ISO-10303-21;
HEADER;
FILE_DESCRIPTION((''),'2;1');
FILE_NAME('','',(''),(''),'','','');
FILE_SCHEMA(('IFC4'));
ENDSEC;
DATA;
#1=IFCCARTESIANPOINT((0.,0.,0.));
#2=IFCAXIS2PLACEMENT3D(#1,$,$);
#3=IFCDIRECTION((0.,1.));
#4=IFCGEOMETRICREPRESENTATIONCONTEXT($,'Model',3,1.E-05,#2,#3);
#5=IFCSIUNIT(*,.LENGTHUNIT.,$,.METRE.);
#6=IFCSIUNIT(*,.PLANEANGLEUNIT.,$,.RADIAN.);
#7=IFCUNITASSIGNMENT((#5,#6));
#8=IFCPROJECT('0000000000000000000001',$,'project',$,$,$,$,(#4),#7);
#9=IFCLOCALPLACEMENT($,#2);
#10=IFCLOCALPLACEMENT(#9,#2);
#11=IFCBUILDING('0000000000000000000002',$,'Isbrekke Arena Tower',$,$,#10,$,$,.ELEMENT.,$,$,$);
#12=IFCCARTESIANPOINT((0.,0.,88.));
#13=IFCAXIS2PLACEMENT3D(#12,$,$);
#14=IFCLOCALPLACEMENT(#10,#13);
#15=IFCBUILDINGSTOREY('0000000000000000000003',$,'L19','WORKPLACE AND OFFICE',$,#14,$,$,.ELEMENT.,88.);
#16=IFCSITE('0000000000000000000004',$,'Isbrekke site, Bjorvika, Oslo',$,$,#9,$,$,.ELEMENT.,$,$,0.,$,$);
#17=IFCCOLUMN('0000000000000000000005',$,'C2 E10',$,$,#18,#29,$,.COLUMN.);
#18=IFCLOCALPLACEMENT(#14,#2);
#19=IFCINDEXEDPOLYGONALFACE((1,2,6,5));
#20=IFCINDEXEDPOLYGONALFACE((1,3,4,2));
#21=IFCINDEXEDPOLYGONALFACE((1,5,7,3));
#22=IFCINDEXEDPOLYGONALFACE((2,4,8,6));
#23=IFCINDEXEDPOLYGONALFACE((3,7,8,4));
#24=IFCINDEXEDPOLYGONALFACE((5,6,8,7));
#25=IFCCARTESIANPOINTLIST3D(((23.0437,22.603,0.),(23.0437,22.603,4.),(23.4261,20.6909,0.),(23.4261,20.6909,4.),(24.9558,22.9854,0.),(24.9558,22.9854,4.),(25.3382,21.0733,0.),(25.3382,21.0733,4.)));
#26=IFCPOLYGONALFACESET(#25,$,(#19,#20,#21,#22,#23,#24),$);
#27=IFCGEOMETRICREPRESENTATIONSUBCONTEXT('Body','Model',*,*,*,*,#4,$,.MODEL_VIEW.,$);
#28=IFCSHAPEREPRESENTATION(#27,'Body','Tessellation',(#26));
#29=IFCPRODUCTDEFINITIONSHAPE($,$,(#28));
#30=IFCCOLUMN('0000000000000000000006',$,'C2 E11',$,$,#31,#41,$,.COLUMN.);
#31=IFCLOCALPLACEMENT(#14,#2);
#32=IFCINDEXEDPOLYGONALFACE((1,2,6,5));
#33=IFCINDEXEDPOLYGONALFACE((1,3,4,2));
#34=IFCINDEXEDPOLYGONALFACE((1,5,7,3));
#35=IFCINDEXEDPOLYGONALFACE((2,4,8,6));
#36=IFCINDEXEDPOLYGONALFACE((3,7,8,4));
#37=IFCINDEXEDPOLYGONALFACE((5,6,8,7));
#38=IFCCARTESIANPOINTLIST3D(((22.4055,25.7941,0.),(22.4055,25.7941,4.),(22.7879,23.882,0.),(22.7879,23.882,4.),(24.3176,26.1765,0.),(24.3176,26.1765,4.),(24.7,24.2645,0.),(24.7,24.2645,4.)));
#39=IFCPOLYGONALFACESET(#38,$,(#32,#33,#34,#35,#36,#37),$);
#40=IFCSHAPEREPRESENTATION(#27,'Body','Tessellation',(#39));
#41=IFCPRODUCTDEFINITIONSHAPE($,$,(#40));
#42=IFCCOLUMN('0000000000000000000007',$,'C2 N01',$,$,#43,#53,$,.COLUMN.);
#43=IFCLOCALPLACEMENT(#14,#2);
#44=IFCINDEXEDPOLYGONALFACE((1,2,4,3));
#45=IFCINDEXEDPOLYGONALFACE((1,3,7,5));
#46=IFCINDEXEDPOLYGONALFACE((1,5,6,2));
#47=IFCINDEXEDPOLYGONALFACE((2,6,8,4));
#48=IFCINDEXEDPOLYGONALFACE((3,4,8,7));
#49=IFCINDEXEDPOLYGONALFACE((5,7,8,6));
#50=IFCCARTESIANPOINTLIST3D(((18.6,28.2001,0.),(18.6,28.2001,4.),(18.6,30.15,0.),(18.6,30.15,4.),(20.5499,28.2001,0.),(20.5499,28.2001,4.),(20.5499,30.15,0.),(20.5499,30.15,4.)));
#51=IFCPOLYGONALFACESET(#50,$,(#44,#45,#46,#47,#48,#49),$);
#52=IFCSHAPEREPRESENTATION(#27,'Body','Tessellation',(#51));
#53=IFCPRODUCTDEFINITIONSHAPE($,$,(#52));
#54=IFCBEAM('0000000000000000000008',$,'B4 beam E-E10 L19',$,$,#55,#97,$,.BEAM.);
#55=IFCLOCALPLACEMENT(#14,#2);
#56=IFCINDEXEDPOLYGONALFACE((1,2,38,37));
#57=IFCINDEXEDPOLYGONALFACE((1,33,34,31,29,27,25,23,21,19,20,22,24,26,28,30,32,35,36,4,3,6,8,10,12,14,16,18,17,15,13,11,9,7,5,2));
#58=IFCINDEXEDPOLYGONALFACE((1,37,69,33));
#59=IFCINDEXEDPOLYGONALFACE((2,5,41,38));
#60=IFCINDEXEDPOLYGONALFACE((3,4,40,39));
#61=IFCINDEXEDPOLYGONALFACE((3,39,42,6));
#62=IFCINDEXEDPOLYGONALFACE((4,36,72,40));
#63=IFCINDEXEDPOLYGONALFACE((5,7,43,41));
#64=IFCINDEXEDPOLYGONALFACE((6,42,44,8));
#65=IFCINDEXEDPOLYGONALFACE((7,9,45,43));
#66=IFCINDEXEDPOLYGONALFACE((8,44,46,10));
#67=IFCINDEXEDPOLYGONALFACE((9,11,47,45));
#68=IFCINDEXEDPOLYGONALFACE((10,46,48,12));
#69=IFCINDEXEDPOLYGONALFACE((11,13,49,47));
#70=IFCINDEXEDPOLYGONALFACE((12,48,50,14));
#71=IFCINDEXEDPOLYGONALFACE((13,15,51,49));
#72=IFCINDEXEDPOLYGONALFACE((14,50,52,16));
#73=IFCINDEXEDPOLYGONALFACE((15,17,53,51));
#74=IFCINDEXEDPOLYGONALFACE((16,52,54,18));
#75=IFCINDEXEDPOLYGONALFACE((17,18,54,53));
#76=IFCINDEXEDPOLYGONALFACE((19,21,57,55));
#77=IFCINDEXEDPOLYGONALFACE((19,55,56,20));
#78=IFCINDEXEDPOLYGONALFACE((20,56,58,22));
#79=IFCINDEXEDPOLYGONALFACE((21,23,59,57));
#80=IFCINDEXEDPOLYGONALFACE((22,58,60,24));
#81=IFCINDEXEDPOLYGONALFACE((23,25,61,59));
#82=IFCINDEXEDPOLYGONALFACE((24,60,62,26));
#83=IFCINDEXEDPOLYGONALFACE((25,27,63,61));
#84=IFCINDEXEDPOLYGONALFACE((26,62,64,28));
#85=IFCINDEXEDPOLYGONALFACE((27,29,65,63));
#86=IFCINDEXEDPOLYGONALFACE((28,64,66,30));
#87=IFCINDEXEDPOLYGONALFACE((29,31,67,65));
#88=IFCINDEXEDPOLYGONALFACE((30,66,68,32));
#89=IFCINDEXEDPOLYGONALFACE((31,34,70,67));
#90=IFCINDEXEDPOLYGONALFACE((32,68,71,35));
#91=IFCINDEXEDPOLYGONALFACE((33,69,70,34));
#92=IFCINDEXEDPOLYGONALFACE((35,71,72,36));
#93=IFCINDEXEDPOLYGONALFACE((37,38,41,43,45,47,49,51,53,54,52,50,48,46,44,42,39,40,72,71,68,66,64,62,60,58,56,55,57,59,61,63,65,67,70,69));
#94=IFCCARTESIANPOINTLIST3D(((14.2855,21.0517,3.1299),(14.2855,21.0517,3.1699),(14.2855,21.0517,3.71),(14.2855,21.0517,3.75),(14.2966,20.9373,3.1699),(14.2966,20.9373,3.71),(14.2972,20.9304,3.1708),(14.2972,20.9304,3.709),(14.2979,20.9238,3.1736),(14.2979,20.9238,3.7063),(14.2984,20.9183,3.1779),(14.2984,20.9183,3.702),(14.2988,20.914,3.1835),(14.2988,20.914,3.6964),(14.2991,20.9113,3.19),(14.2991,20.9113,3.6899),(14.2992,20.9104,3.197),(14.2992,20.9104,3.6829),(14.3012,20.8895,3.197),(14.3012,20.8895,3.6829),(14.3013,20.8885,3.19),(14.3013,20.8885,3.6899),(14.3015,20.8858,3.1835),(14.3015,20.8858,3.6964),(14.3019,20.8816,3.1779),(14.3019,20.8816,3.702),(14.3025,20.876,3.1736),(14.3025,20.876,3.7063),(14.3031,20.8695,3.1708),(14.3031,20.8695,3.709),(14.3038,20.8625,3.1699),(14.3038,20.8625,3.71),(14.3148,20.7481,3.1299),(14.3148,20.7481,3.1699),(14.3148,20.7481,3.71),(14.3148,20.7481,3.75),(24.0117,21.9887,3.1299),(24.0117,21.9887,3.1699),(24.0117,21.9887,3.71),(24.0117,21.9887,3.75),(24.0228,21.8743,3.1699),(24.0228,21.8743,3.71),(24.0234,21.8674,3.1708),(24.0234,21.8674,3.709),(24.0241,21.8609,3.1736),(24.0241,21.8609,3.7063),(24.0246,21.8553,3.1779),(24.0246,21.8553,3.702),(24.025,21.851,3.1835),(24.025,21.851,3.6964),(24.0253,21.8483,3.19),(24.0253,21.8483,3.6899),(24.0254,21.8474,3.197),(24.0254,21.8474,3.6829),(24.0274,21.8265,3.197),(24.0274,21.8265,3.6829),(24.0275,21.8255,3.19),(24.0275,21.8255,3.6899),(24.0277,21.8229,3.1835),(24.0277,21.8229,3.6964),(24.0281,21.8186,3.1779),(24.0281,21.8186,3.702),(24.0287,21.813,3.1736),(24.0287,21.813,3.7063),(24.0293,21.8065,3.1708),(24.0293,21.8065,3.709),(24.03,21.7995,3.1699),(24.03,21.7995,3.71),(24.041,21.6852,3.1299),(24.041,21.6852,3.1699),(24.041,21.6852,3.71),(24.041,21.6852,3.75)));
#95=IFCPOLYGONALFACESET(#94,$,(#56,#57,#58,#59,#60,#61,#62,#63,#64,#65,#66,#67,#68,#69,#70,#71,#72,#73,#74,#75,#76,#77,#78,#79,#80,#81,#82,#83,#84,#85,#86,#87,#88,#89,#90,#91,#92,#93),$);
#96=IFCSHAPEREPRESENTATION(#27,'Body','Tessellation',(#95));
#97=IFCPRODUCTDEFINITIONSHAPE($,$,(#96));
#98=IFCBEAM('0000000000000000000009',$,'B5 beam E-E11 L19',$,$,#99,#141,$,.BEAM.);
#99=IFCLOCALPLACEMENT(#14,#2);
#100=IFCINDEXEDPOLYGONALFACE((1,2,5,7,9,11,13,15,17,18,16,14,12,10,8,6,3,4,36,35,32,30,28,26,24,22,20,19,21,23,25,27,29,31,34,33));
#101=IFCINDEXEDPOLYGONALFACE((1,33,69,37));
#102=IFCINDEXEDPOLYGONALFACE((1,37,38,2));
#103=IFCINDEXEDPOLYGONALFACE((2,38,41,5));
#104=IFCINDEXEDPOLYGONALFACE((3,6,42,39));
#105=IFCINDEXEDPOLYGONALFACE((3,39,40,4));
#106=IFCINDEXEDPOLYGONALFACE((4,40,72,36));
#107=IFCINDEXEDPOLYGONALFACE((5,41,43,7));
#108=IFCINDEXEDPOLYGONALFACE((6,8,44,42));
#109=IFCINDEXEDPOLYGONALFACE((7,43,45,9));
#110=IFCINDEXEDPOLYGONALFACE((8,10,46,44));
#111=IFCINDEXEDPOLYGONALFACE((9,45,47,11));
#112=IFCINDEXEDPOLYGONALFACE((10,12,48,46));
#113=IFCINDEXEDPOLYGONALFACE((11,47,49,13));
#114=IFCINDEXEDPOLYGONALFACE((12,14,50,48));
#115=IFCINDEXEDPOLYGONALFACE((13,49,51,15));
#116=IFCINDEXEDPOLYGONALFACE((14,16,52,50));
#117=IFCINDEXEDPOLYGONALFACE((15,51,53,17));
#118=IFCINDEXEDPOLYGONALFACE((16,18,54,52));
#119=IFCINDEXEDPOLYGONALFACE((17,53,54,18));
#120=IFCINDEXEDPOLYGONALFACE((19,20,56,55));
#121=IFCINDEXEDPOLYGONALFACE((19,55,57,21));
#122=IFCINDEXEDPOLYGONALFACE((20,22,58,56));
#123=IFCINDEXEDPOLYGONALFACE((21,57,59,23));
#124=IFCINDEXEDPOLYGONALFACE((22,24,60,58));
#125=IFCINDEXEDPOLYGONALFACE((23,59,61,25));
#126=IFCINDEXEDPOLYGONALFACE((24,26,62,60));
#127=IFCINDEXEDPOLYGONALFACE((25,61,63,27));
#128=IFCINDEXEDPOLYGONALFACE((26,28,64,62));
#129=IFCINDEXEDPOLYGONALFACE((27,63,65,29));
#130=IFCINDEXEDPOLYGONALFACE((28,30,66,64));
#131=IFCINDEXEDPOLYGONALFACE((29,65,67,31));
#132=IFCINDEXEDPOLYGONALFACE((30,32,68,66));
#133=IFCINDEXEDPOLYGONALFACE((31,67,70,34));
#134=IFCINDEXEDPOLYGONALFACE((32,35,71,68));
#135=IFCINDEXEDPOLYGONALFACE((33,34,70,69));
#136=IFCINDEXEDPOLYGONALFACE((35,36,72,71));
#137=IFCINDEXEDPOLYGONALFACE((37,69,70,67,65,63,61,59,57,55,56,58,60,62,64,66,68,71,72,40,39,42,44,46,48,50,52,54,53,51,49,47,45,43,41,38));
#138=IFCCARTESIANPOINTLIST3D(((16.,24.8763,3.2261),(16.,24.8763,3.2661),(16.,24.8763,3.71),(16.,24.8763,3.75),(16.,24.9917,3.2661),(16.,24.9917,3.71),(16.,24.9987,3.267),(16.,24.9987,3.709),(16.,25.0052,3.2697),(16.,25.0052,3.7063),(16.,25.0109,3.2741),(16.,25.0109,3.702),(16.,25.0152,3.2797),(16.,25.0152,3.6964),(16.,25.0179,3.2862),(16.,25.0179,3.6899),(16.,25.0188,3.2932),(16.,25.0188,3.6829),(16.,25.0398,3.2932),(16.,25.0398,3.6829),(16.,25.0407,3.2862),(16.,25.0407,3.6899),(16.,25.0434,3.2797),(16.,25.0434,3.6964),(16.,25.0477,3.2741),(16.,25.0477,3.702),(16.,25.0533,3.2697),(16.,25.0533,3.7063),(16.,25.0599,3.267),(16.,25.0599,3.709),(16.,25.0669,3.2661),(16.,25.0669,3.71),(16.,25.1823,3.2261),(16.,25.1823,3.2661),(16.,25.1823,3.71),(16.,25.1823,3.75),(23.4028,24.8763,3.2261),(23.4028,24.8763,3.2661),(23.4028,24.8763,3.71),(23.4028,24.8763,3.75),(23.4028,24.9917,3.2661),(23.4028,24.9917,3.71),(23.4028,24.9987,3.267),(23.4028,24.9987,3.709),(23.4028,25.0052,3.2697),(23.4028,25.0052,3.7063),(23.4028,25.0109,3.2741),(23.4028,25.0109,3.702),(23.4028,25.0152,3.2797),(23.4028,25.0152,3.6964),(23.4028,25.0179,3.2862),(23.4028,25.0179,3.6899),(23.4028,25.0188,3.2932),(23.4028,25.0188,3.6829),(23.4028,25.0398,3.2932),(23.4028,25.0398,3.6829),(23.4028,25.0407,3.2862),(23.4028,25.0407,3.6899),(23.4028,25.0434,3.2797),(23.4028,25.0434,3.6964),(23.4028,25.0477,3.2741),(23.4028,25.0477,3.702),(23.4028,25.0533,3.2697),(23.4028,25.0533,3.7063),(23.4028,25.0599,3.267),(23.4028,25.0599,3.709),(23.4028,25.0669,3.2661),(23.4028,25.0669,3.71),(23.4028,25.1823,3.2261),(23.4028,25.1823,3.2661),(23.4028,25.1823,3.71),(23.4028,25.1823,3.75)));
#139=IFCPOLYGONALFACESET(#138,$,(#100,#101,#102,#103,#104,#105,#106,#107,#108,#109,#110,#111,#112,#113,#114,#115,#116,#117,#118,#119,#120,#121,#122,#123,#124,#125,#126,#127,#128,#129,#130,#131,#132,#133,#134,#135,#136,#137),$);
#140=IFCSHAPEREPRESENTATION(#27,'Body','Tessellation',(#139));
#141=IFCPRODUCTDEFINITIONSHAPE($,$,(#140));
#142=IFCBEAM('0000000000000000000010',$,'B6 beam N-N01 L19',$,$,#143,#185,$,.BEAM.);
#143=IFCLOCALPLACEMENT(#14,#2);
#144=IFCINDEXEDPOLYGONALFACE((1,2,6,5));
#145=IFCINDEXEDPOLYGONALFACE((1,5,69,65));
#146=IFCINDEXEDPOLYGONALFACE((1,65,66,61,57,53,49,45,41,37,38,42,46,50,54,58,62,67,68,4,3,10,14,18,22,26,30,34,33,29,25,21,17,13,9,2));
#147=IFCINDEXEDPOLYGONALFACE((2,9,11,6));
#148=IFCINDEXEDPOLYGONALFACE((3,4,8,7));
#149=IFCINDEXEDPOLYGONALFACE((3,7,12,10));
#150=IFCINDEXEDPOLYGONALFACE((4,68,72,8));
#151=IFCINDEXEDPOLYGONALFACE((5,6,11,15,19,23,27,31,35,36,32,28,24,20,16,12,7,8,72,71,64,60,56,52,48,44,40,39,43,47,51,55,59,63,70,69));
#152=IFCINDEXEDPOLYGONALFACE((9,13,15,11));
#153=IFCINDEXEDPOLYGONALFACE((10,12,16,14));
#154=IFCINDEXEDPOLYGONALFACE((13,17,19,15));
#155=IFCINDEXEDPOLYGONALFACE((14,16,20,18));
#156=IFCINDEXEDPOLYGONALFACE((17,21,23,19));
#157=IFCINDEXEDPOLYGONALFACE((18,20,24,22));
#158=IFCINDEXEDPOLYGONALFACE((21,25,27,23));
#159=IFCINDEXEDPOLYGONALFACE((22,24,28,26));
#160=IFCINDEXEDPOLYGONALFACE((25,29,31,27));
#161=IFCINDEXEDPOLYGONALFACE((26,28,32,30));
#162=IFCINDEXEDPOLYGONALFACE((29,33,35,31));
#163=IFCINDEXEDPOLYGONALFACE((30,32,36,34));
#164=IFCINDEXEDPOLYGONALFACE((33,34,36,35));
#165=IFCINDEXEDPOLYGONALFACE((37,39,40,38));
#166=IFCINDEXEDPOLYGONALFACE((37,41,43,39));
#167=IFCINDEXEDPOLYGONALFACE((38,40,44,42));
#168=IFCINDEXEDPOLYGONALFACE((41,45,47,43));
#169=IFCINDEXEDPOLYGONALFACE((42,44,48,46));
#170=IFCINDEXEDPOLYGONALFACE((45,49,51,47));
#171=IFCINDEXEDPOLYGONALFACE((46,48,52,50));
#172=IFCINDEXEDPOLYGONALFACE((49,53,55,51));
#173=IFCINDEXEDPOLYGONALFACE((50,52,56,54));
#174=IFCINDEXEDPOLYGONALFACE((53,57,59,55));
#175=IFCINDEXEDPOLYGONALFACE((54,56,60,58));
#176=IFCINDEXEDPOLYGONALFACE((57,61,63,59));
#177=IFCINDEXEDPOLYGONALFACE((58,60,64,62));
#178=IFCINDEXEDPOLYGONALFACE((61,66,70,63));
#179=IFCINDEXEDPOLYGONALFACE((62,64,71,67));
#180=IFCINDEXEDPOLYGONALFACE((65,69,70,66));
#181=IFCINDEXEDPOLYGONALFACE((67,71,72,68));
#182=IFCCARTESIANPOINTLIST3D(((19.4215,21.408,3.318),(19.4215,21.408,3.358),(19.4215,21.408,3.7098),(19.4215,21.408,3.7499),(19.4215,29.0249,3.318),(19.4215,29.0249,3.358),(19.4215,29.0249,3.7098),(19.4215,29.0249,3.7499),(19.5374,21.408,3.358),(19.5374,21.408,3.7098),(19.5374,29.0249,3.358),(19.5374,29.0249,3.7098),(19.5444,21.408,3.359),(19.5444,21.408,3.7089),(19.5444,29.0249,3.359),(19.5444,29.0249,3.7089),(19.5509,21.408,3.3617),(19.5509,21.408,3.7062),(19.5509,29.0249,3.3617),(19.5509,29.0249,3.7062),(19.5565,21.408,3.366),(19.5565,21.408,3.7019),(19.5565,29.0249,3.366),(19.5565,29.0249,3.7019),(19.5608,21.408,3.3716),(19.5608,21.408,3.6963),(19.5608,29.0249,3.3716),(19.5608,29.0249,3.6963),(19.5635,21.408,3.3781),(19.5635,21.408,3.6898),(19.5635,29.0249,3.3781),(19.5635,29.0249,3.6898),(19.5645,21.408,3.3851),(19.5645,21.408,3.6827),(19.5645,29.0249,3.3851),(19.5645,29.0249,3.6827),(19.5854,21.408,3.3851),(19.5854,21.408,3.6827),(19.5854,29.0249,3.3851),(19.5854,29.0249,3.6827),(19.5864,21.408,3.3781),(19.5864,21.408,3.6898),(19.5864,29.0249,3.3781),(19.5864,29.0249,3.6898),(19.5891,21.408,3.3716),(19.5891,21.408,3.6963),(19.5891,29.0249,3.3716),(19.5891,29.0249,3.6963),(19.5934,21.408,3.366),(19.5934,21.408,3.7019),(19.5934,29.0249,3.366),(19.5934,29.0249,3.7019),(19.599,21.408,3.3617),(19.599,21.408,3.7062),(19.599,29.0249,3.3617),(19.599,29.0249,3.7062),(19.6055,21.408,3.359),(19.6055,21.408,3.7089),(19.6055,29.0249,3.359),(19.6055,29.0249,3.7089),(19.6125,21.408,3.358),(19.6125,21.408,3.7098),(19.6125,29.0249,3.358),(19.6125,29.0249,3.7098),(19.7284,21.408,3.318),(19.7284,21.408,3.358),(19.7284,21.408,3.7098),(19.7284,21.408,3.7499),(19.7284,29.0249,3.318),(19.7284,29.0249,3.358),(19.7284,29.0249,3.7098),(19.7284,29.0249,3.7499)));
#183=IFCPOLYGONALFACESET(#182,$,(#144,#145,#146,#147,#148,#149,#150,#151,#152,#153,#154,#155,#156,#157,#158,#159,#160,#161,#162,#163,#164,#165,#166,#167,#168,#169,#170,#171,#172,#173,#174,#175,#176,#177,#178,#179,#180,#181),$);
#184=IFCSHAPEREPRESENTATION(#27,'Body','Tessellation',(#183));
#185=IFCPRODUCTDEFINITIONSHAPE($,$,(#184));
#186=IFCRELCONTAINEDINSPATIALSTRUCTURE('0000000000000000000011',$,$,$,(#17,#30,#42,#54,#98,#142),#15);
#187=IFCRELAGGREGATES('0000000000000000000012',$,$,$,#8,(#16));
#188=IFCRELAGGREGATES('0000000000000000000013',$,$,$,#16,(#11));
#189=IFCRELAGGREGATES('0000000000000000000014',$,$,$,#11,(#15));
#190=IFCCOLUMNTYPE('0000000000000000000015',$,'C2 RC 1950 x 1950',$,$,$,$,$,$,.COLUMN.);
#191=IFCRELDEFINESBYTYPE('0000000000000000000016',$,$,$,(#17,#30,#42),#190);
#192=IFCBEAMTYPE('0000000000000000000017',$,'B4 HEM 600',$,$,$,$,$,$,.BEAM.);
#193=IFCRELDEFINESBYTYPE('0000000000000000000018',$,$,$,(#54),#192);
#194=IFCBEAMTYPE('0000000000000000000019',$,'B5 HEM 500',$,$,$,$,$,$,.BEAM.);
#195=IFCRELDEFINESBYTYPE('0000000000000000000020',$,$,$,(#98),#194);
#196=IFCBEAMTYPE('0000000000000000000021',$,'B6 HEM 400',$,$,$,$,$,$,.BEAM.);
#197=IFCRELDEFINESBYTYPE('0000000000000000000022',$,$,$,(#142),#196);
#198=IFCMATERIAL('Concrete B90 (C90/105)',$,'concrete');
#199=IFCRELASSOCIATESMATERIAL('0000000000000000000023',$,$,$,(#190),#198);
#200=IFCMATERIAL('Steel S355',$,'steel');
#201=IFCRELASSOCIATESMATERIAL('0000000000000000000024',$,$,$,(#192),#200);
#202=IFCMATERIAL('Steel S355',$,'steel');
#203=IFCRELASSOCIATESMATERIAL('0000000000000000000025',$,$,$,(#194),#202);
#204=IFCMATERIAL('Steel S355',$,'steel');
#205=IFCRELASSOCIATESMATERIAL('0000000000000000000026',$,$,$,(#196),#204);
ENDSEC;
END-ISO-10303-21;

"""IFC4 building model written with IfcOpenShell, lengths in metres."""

from ifc_helpers import new_model, si_unit, direction, frame, origin, origin_2d, place, context, subcontext, project, spatial, rectangle, i_section, extrude, material, material_profile, profile_set, type_object, element, save


model = new_model("IFC4")

# Units and contexts
model_context = context("Model", 3, precision=1e-05, world=origin(), true_north=direction((0.0, 1.0)))
body_context = subcontext(model_context, "Body", "Model", "MODEL_VIEW")
ifc_project = project(units=[si_unit("LENGTHUNIT", "METRE"), si_unit("PLANEANGLEUNIT", "RADIAN")], contexts=[model_context])

# Site, building, storey
site_placement = place(None, origin())
site = spatial("IfcSite", under=ifc_project, at=site_placement, Name="Isbrekke site, Bjorvika, Oslo", CompositionType="ELEMENT", RefElevation=0.0)
building_placement = place(site_placement, origin())
building = spatial("IfcBuilding", under=site, at=building_placement, Name="Isbrekke Arena Tower", CompositionType="ELEMENT")
storey_placement = place(building_placement, frame((0.0, 0.0, 88.0)))
storey = spatial("IfcBuildingStorey", under=building, at=storey_placement, Name="L19", Description="WORKPLACE AND OFFICE", CompositionType="ELEMENT", Elevation=88.0)

# Columns
ifc_material_1 = material(Name="Concrete B90 (C90/105)", Category="concrete")
ifc_material_profile_1 = material_profile(ifc_material_1, rectangle(XDim=1.95, YDim=1.95, at=origin_2d()), Name="RC 1950x1950")
ifc_profile_set_1 = profile_set([ifc_material_profile_1], Name="Concrete B90 (C90/105)")
column_type = type_object("IfcColumnType", Name="C2 RC 1950 x 1950", PredefinedType="COLUMN", material=ifc_profile_set_1)
for number, where, z_axis, x_axis, name in (
    (1, (24.1909, 21.8381, 0.0), (0.0, 0.0, 1.0), (-0.196116, 0.980581, 0.0), "C2 E10"),
    (2, (23.5527, 25.0293, 0.0), (0.0, 0.0, 1.0), (-0.196116, 0.980581, 0.0), "C2 E11"),
    (3, (19.575, 29.175, 0.0), (0.0, 0.0, 1.0), (-1.0, 0.0, 0.0), "C2 N01"),
):
    element("IfcColumn", number, at=place(storey_placement, frame(where, z_axis=z_axis, x_axis=x_axis)), inside=storey, type_object=column_type, Name=name, PredefinedType="COLUMN", context=body_context, shape_type="SweptSolid", body=[
        extrude(rectangle(XDim=1.95, YDim=1.95, at=origin_2d()), origin(), (0.0, 0.0, 1.0), 4.0),
    ])

# Beams
ifc_material_2 = material(Name="Steel S355", Category="steel")
ifc_material_profile_2 = material_profile(ifc_material_2, i_section(OverallWidth=0.3049, OverallDepth=0.6201, WebThickness=0.021, FlangeThickness=0.04, FilletRadius=0.0271, at=origin_2d()), Name="HEM 600")
ifc_profile_set_2 = profile_set([ifc_material_profile_2], Name="Steel S355")
beam_type_1 = type_object("IfcBeamType", Name="B4 HEM 600", PredefinedType="BEAM", material=ifc_profile_set_2)
beam_1_placement = place(storey_placement, frame((24.0264, 21.8369, 3.4399), z_axis=(-0.995392, -0.095894, 0.0), x_axis=(0.095894, -0.995392, 0.0)))
element("IfcBeam", 4, at=beam_1_placement, inside=storey, type_object=beam_type_1, Name="B4 beam E-E10 L19", PredefinedType="BEAM", context=body_context, shape_type="SweptSolid", body=[
    extrude(i_section(OverallWidth=0.3049, OverallDepth=0.6201, WebThickness=0.021, FlangeThickness=0.04, FilletRadius=0.0271, at=origin_2d()), origin(), (0.0, 0.0, 1.0), 9.7712),
])
ifc_material_3 = material(Name="Steel S355", Category="steel")
ifc_material_profile_3 = material_profile(ifc_material_3, i_section(OverallWidth=0.3059, OverallDepth=0.5239, WebThickness=0.021, FlangeThickness=0.04, FilletRadius=0.0271, at=origin_2d()), Name="HEM 500")
ifc_profile_set_3 = profile_set([ifc_material_profile_3], Name="Steel S355")
beam_type_2 = type_object("IfcBeamType", Name="B5 HEM 500", PredefinedType="BEAM", material=ifc_profile_set_3)
beam_2_placement = place(storey_placement, frame((23.4028, 25.0293, 3.488), z_axis=(-1.0, 0.0, 0.0), x_axis=(0.0, -1.0, 0.0)))
element("IfcBeam", 5, at=beam_2_placement, inside=storey, type_object=beam_type_2, Name="B5 beam E-E11 L19", PredefinedType="BEAM", context=body_context, shape_type="SweptSolid", body=[
    extrude(i_section(OverallWidth=0.3059, OverallDepth=0.5239, WebThickness=0.021, FlangeThickness=0.04, FilletRadius=0.0271, at=origin_2d()), origin(), (0.0, 0.0, 1.0), 7.4028),
])
ifc_material_4 = material(Name="Steel S355", Category="steel")
ifc_material_profile_4 = material_profile(ifc_material_4, i_section(OverallWidth=0.3069, OverallDepth=0.4319, WebThickness=0.021, FlangeThickness=0.04, FilletRadius=0.0271, at=origin_2d()), Name="HEM 400")
ifc_profile_set_4 = profile_set([ifc_material_profile_4], Name="Steel S355")
beam_type_3 = type_object("IfcBeamType", Name="B6 HEM 400", PredefinedType="BEAM", material=ifc_profile_set_4)
beam_3_placement = place(storey_placement, frame((19.575, 29.0249, 3.5339), z_axis=(0.0, -1.0, 0.0), x_axis=(1.0, 0.0, 0.0)))
element("IfcBeam", 6, at=beam_3_placement, inside=storey, type_object=beam_type_3, Name="B6 beam N-N01 L19", PredefinedType="BEAM", context=body_context, shape_type="SweptSolid", body=[
    extrude(i_section(OverallWidth=0.3069, OverallDepth=0.4319, WebThickness=0.021, FlangeThickness=0.04, FilletRadius=0.0271, at=origin_2d()), origin(), (0.0, 0.0, 1.0), 7.6169),
])

save(model, "model.ifc")
